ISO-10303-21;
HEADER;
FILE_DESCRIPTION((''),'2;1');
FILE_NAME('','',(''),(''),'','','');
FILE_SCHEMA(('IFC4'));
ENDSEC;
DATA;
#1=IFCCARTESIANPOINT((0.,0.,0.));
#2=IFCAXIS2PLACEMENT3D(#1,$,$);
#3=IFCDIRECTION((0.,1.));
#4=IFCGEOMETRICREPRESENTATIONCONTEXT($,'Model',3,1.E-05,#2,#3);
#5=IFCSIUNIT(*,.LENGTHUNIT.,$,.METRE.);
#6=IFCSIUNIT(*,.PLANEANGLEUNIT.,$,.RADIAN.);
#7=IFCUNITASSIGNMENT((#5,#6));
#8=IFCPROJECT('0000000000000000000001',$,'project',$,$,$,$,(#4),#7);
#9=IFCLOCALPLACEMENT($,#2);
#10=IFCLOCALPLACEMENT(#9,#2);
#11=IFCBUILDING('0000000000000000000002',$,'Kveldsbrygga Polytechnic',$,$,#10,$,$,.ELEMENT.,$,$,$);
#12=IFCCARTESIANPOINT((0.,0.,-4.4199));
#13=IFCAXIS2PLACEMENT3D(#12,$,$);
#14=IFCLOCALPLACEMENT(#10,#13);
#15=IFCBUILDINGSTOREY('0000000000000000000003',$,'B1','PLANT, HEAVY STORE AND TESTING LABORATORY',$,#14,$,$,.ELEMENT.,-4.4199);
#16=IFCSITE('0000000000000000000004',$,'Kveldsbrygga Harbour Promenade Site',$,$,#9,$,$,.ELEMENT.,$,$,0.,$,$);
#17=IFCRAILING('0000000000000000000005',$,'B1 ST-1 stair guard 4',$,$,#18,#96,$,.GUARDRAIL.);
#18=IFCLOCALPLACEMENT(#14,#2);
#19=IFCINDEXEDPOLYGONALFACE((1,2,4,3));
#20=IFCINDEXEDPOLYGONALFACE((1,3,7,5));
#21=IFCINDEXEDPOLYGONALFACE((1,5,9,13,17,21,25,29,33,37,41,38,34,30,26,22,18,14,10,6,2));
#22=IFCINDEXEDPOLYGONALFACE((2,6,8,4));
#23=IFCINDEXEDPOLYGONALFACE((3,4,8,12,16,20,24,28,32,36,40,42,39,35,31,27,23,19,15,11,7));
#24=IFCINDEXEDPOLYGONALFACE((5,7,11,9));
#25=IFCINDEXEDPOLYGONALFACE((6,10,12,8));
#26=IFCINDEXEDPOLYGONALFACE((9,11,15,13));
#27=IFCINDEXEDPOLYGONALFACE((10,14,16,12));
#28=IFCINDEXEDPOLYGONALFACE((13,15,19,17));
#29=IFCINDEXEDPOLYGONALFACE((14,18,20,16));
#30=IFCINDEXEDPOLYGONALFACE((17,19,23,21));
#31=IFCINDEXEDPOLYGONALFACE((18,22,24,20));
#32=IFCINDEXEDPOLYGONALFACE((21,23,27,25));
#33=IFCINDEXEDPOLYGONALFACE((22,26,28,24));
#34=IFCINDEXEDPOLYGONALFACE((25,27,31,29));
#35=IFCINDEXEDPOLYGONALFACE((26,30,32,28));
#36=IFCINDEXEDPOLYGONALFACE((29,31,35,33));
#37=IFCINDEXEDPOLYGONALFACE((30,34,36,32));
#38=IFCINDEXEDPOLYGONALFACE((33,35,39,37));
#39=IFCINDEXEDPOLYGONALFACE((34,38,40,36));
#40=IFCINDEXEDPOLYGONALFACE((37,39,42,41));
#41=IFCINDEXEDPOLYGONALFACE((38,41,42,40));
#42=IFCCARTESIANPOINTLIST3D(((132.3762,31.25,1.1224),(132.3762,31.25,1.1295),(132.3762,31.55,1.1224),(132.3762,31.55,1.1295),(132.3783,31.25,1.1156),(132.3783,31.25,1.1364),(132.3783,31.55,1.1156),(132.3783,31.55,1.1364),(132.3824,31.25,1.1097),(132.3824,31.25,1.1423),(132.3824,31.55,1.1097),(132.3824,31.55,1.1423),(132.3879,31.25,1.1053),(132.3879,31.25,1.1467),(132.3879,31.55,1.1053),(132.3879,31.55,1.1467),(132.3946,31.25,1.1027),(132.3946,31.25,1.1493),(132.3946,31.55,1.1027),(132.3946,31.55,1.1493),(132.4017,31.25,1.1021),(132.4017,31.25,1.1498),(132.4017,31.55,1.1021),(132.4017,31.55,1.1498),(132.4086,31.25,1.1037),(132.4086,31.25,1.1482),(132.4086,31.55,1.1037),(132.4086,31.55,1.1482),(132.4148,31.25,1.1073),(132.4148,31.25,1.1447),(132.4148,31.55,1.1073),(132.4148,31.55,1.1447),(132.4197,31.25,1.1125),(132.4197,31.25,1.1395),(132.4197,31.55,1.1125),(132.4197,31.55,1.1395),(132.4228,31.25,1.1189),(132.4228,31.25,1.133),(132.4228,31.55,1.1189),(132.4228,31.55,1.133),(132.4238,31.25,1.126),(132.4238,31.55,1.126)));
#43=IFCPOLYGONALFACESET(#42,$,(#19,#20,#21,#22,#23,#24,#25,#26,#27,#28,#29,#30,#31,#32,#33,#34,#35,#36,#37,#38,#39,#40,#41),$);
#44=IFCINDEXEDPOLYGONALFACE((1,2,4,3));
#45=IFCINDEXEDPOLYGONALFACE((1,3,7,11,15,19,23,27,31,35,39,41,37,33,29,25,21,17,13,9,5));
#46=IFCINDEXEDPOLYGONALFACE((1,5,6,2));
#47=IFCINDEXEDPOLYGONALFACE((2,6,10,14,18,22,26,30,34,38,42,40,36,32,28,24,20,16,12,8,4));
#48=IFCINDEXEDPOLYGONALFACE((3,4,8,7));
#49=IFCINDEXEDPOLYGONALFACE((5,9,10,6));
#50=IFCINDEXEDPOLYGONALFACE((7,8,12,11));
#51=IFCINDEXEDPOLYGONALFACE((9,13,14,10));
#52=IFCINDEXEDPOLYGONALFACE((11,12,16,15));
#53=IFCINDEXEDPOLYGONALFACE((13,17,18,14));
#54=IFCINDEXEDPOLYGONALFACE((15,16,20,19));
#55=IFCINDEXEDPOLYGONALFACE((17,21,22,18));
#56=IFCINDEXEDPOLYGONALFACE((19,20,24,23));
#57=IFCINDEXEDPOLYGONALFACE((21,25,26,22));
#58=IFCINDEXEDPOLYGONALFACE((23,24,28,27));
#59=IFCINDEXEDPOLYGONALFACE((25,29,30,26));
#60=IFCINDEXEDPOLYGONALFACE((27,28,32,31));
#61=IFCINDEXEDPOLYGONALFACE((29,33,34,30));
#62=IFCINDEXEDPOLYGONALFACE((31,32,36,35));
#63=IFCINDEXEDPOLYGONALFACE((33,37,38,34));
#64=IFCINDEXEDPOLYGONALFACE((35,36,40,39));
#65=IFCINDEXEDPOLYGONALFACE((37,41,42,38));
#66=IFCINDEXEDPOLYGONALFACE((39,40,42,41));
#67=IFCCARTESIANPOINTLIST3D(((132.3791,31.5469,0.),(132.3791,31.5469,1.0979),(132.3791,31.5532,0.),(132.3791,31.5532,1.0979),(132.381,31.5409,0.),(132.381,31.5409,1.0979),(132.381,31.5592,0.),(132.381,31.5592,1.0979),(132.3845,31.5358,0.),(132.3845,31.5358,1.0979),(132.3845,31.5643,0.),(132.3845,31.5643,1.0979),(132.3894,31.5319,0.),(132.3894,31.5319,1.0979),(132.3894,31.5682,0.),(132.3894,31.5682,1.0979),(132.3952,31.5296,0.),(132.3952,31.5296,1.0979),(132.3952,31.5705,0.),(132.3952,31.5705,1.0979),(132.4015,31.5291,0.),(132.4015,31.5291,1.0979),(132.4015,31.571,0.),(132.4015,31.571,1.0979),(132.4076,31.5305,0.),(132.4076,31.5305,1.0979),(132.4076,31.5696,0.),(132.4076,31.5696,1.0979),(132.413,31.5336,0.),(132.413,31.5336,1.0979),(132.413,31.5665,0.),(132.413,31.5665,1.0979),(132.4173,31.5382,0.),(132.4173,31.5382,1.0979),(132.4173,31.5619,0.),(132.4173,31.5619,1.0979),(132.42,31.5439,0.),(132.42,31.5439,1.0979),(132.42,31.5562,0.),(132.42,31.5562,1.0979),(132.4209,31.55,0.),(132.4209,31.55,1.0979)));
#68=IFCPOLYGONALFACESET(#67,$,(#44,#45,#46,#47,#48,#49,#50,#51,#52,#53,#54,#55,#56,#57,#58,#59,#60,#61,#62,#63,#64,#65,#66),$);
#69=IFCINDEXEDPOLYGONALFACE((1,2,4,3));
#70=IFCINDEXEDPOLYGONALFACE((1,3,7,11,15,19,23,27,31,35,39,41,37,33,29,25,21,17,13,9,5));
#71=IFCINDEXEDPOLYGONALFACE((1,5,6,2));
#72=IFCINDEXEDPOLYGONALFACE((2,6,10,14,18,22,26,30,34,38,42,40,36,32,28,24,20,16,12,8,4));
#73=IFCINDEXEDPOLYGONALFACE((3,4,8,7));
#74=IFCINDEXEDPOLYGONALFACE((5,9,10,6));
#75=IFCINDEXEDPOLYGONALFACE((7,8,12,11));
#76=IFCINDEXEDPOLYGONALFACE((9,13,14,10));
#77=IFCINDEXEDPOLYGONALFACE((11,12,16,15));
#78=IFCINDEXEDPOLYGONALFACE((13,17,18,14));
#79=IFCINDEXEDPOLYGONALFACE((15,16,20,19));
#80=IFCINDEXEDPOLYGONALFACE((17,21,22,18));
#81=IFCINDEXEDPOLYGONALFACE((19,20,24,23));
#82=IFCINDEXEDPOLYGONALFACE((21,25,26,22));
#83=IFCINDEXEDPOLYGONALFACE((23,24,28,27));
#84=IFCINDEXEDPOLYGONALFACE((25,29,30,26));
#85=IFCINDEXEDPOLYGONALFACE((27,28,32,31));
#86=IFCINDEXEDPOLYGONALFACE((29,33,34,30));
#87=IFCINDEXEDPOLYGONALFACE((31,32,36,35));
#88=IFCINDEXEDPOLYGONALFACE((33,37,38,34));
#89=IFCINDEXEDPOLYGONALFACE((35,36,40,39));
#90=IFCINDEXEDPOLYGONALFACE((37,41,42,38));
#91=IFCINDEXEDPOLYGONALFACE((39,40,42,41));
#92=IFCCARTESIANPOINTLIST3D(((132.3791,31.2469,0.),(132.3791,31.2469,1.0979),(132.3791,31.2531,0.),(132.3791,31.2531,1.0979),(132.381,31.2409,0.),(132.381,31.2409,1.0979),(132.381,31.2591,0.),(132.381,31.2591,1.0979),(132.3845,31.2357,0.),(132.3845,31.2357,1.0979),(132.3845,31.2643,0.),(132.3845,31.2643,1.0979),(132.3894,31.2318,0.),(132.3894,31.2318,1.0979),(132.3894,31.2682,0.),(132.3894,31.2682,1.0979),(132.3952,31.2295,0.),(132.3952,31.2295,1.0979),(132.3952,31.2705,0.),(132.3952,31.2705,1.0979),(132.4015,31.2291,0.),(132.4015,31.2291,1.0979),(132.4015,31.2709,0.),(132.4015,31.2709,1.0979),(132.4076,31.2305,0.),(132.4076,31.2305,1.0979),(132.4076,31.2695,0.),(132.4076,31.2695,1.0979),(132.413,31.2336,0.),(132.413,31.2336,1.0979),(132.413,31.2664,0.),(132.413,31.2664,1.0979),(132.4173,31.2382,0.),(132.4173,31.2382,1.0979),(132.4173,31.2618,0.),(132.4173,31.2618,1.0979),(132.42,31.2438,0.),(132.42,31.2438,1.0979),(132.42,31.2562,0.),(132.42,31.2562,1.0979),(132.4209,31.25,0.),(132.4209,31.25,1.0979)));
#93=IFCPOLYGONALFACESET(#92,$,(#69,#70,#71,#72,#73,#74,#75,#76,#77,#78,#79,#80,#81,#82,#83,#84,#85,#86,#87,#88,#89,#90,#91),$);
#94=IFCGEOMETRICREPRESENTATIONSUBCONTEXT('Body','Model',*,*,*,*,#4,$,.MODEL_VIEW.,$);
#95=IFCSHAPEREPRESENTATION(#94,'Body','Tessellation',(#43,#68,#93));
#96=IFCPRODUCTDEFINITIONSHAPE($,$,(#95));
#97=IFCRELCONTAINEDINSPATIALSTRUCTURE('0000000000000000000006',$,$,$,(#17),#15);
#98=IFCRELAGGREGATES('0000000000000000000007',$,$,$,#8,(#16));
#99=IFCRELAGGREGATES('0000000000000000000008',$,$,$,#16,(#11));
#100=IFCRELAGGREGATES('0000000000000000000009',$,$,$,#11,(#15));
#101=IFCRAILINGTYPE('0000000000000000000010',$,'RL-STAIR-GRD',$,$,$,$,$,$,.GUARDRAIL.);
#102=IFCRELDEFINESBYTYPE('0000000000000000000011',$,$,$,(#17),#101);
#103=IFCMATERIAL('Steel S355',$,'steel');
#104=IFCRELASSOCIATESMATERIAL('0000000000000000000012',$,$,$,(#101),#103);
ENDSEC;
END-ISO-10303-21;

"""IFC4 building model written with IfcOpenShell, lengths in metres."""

from ifc_helpers import new_model, si_unit, direction, frame, origin, origin_2d, place, context, subcontext, project, spatial, circle, extrude, material, type_object, element, save


model = new_model("IFC4")

# Units and contexts
model_context = context("Model", 3, precision=1e-05, world=origin(), true_north=direction((0.0, 1.0)))
body_context = subcontext(model_context, "Body", "Model", "MODEL_VIEW")
ifc_project = project(units=[si_unit("LENGTHUNIT", "METRE"), si_unit("PLANEANGLEUNIT", "RADIAN")], contexts=[model_context])

# Site, building, storey
site_placement = place(None, origin())
site = spatial("IfcSite", under=ifc_project, at=site_placement, Name="Kveldsbrygga Harbour Promenade Site", CompositionType="ELEMENT", RefElevation=0.0)
building_placement = place(site_placement, origin())
building = spatial("IfcBuilding", under=site, at=building_placement, Name="Kveldsbrygga Polytechnic", CompositionType="ELEMENT")
storey_placement = place(building_placement, frame((0.0, 0.0, -4.4199)))
storey = spatial("IfcBuildingStorey", under=building, at=storey_placement, Name="B1", Description="PLANT, HEAVY STORE AND TESTING LABORATORY", CompositionType="ELEMENT", Elevation=-4.4199)

# Railing
ifc_material_1 = material(Name="Steel S355", Category="steel")
railing_type_1 = type_object("IfcRailingType", Name="RL-STAIR-GRD", PredefinedType="GUARDRAIL", material=ifc_material_1)
railing_1_placement = place(storey_placement, frame((132.3999, 31.55, 0.0)))
element("IfcRailing", 1, at=railing_1_placement, inside=storey, type_object=railing_type_1, Name="B1 ST-1 stair guard 4", PredefinedType="GUARDRAIL", context=body_context, shape_type="SweptSolid", body=[
    extrude(circle(Radius=0.0239, at=origin_2d()), frame((0.0, 0.0, 1.126), z_axis=(0.0, -1.0, 0.0), x_axis=(1.0, 0.0, 0.0)), (0.0, 0.0, 1.0), 0.3),
    extrude(circle(Radius=0.021, at=origin_2d()), origin(), (0.0, 0.0, 1.0), 1.0979),
    extrude(circle(Radius=0.021, at=origin_2d()), frame((0.0, -0.3, 0.0)), (0.0, 0.0, 1.0), 1.0979),
])

save(model, "model.ifc")
